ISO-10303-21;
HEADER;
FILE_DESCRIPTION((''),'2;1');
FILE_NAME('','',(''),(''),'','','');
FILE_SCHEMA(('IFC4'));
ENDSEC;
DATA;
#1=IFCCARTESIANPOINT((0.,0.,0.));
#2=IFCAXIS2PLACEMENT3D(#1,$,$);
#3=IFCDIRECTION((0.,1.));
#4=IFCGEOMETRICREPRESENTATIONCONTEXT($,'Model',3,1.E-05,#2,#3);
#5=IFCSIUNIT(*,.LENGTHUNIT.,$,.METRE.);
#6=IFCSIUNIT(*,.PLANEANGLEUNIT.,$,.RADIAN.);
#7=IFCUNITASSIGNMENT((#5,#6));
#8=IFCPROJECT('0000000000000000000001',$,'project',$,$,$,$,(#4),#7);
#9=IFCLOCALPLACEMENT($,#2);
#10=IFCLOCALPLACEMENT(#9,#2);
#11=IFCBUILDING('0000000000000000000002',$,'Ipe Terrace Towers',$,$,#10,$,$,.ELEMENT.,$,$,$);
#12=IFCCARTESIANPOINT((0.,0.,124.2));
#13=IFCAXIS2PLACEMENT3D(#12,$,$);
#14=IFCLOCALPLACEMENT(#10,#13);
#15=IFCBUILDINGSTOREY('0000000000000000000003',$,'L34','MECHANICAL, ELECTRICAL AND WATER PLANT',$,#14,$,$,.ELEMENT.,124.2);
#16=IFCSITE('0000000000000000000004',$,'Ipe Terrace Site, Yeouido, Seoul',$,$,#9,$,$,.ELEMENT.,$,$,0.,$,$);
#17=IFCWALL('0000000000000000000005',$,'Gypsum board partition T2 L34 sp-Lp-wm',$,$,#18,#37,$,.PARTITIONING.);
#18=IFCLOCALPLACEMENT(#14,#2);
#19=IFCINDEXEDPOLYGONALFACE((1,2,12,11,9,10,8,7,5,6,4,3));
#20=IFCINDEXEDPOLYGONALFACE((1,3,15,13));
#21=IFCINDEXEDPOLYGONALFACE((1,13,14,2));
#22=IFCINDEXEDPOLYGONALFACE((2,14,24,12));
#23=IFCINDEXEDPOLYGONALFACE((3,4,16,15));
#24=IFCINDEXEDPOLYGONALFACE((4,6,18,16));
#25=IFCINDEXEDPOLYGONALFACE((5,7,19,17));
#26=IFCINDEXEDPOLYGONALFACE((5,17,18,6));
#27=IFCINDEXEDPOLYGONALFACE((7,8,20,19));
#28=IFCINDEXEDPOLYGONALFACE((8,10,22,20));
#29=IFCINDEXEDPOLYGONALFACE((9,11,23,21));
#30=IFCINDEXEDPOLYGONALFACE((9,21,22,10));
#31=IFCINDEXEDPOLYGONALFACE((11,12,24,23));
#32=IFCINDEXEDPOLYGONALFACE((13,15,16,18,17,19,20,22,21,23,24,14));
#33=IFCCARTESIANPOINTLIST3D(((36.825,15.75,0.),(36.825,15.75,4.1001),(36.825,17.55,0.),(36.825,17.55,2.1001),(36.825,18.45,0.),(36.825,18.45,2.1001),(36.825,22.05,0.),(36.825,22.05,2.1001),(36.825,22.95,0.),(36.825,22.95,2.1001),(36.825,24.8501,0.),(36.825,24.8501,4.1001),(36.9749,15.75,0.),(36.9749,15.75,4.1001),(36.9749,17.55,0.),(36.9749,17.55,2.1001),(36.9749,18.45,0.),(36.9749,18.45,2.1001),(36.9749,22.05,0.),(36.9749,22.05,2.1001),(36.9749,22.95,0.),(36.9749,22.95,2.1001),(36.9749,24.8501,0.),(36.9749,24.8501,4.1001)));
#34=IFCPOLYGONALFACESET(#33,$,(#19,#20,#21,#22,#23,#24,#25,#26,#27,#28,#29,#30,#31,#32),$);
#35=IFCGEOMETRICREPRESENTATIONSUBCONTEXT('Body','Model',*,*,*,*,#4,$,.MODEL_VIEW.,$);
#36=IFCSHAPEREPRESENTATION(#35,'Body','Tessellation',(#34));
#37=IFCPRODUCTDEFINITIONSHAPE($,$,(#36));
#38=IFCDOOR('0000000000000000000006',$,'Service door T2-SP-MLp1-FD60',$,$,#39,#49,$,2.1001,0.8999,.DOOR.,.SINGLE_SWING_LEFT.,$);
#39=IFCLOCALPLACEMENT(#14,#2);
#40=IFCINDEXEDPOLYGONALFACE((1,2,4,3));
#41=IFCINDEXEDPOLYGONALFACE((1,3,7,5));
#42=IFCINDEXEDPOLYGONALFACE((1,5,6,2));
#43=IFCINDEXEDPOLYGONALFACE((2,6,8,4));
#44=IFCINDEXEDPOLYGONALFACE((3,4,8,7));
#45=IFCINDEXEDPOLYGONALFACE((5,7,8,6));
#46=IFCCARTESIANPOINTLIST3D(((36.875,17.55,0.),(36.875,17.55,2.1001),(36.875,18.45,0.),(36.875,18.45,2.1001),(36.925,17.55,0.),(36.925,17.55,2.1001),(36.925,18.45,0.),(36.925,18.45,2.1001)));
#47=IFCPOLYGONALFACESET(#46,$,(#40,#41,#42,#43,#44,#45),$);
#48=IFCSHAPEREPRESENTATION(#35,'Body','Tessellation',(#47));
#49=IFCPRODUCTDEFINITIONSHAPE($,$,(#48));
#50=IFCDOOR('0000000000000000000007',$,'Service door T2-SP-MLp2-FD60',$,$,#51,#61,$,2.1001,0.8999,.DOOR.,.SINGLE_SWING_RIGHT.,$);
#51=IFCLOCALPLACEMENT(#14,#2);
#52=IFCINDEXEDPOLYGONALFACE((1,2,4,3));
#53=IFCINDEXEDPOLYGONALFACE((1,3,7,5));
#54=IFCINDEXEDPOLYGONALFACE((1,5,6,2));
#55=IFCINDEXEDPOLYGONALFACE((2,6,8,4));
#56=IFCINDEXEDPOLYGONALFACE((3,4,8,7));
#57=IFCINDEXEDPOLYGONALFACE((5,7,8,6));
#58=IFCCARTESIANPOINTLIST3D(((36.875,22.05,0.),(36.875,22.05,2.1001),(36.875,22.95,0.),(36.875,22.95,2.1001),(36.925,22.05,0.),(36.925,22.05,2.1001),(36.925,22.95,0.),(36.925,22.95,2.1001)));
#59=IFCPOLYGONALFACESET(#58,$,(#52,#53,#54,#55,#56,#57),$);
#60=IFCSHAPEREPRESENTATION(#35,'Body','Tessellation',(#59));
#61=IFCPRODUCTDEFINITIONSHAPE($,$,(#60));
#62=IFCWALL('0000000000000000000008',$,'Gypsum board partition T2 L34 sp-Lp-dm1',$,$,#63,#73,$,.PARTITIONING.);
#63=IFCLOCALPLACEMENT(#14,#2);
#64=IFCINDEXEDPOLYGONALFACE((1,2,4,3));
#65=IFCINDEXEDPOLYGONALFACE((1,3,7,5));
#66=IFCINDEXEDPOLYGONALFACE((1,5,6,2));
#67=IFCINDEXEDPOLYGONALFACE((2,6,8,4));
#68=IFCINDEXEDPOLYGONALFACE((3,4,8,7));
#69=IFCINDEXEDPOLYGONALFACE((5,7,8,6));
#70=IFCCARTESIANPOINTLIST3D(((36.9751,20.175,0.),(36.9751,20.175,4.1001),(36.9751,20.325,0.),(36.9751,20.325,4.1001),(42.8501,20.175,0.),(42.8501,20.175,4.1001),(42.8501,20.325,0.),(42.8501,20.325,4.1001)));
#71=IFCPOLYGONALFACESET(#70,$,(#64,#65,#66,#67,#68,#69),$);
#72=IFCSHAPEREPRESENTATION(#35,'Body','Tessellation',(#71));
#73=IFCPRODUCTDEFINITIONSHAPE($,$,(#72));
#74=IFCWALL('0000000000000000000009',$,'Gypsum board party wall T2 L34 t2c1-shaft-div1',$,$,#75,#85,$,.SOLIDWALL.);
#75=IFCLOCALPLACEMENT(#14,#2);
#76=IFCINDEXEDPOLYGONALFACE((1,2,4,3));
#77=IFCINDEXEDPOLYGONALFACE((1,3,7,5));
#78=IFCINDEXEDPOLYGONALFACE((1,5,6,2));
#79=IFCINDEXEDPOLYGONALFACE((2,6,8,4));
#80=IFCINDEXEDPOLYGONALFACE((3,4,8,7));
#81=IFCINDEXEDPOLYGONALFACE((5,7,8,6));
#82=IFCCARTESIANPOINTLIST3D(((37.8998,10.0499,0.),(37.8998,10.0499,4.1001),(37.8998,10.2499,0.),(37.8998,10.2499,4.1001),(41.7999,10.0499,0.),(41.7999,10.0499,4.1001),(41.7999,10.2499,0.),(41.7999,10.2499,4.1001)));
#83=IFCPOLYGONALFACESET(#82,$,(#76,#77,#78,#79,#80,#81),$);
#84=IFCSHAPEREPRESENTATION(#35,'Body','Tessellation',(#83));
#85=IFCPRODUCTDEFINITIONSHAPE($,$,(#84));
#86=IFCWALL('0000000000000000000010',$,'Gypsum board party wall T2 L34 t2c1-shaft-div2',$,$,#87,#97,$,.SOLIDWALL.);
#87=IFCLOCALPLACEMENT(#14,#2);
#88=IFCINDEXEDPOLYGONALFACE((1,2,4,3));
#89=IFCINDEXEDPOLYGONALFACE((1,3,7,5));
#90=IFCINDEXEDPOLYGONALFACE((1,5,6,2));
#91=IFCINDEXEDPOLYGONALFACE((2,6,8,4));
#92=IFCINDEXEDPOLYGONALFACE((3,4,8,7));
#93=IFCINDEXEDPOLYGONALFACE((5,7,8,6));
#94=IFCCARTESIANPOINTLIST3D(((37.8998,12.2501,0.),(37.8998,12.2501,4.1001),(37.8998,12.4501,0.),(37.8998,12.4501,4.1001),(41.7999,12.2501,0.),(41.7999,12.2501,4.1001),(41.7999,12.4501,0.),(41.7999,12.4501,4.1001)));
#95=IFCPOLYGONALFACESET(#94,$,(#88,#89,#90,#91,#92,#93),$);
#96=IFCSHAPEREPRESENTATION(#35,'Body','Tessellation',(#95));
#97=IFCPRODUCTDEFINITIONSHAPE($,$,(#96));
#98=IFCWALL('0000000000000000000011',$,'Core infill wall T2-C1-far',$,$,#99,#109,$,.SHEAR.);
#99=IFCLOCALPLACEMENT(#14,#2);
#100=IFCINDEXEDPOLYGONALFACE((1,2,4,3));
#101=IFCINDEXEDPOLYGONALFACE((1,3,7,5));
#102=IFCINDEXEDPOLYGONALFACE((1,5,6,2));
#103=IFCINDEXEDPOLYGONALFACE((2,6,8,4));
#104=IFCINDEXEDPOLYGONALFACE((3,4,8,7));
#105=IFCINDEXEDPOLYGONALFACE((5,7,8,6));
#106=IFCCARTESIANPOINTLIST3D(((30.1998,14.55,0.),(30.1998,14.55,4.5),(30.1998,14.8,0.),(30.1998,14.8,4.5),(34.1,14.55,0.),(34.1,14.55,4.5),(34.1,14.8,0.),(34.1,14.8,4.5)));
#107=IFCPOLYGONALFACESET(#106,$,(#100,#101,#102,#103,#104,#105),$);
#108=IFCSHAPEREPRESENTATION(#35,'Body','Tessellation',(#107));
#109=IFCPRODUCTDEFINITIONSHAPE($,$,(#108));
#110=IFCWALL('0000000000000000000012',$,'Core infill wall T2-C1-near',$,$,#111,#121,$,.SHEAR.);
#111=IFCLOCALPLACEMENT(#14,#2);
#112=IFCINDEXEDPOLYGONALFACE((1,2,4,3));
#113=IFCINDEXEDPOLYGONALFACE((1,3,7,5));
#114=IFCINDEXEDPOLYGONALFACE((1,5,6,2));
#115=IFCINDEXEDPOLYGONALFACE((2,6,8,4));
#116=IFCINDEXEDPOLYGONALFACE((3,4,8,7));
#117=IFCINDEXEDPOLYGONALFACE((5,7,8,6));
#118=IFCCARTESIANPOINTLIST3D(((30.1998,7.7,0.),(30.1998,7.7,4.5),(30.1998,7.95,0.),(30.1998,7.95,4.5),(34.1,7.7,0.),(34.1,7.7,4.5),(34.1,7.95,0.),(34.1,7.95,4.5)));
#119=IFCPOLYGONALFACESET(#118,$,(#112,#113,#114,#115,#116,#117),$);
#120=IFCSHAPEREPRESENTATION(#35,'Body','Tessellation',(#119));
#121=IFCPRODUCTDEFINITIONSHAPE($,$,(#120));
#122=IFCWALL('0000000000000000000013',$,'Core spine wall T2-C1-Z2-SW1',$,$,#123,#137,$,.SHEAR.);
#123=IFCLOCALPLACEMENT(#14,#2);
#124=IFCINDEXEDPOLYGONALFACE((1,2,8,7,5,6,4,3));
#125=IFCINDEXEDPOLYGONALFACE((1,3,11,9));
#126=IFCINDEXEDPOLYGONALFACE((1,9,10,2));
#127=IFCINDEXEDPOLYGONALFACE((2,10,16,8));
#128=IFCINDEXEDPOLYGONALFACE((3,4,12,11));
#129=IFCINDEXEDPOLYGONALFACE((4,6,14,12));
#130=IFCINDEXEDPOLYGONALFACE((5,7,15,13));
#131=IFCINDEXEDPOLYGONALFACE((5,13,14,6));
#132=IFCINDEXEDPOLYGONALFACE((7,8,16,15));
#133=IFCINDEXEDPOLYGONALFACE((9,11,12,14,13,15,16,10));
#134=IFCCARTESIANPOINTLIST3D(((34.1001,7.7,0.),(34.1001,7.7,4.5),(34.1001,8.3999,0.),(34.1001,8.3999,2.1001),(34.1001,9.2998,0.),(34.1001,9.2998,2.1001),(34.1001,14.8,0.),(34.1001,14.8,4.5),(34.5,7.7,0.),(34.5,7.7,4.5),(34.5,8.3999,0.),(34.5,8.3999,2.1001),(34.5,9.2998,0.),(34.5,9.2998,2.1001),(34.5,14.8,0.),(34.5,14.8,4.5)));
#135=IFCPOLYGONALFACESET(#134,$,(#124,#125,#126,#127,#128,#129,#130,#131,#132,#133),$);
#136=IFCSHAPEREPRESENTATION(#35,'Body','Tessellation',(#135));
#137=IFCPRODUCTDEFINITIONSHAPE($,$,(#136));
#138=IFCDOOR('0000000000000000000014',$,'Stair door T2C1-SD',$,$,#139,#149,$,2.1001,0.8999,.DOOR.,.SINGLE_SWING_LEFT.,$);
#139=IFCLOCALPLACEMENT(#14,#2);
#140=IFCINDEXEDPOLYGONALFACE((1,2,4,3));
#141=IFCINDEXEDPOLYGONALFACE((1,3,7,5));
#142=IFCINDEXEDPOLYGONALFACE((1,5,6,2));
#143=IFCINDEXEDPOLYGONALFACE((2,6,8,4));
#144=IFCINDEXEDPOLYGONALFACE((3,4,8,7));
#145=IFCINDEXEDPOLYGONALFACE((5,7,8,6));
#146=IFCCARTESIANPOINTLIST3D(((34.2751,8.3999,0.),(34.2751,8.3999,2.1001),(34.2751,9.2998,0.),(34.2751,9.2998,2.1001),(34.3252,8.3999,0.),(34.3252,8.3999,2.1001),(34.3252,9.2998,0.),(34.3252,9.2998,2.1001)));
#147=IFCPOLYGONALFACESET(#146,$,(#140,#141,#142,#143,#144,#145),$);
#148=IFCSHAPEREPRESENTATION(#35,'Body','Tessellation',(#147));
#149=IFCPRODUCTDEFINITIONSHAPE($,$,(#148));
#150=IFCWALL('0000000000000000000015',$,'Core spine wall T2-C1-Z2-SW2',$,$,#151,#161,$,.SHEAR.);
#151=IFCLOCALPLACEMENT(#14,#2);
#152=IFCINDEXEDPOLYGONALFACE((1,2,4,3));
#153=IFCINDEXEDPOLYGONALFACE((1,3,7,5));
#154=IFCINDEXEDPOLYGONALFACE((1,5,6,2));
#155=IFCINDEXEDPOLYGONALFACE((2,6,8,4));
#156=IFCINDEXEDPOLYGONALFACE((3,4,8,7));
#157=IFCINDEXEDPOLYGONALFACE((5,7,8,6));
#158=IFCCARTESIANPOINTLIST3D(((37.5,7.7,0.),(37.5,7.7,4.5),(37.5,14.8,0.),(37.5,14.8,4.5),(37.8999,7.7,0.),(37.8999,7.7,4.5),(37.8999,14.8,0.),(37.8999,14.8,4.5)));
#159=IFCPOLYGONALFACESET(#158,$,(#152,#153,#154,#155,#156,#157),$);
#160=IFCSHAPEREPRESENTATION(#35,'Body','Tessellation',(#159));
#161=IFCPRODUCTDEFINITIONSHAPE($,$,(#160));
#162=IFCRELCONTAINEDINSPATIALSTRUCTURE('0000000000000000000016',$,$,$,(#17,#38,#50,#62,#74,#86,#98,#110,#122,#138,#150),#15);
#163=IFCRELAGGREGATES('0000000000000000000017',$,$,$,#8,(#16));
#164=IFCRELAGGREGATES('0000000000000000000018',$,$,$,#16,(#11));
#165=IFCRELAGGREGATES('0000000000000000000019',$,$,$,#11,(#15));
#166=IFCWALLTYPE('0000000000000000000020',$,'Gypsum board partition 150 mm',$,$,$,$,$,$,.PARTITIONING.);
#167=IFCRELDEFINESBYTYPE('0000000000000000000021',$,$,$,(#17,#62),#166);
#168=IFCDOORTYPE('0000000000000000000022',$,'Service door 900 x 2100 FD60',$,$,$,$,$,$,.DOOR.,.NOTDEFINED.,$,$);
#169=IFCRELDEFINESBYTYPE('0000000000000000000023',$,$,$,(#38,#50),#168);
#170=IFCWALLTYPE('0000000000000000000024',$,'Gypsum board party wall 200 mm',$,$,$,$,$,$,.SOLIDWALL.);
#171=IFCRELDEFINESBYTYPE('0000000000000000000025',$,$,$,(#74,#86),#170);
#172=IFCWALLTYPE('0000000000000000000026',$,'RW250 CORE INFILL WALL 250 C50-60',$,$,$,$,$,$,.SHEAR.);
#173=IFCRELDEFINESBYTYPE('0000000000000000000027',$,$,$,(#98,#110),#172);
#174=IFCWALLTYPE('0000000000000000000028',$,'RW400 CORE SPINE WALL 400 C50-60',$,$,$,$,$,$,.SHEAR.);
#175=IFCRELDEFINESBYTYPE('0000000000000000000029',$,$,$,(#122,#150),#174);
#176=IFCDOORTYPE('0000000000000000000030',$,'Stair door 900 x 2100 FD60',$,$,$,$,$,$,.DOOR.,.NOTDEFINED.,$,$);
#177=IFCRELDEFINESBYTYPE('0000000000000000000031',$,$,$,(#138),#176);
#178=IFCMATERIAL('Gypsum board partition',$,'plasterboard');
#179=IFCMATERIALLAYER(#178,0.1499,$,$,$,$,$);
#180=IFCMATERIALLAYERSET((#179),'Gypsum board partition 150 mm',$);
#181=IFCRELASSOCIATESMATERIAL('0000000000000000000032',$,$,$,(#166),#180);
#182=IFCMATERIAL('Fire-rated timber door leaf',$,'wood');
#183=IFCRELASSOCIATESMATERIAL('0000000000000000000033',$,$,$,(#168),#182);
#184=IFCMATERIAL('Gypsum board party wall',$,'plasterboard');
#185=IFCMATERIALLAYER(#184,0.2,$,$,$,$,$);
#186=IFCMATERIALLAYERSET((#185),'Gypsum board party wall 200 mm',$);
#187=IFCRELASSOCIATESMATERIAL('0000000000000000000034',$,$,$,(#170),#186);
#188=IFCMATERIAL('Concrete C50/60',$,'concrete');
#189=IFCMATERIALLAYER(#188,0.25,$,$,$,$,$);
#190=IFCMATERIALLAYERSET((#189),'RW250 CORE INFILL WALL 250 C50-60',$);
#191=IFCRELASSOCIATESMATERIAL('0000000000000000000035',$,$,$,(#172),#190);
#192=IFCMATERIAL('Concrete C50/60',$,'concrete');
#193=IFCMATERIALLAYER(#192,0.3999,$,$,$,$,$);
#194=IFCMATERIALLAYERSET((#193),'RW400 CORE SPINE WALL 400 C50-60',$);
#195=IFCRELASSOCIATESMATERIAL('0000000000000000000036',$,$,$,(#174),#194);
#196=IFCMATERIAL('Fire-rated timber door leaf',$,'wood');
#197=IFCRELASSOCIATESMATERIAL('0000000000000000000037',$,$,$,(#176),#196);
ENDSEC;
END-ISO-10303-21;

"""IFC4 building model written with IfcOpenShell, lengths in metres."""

from ifc_helpers import new_model, si_unit, direction, frame, frame_2d, origin, place, context, subcontext, project, spatial, rectangle, extrude, material, layer, layer_set, type_object, element, fill, save


model = new_model("IFC4")

# Units and contexts
model_context = context("Model", 3, precision=1e-05, world=origin(), true_north=direction((0.0, 1.0)))
body_context = subcontext(model_context, "Body", "Model", "MODEL_VIEW")
ifc_project = project(units=[si_unit("LENGTHUNIT", "METRE"), si_unit("PLANEANGLEUNIT", "RADIAN")], contexts=[model_context])

# Site, building, storey
site_placement = place(None, origin())
site = spatial("IfcSite", under=ifc_project, at=site_placement, Name="Ipe Terrace Site, Yeouido, Seoul", CompositionType="ELEMENT", RefElevation=0.0)
building_placement = place(site_placement, origin())
building = spatial("IfcBuilding", under=site, at=building_placement, Name="Ipe Terrace Towers", CompositionType="ELEMENT")
storey_placement = place(building_placement, frame((0.0, 0.0, 124.2)))
storey = spatial("IfcBuildingStorey", under=building, at=storey_placement, Name="L34", Description="MECHANICAL, ELECTRICAL AND WATER PLANT", CompositionType="ELEMENT", Elevation=124.2)

# Shared definitions
ifc_material_1 = material(Name="Gypsum board partition", Category="plasterboard")
ifc_layer_1 = layer(ifc_material_1, 0.1499)
ifc_layer_set_1 = layer_set([ifc_layer_1], Name="Gypsum board partition 150 mm")
wall_type_1 = type_object("IfcWallType", Name="Gypsum board partition 150 mm", PredefinedType="PARTITIONING", material=ifc_layer_set_1)

# Shared definitions
ifc_material_2 = material(Name="Fire-rated timber door leaf", Category="wood")
door_type_1 = type_object("IfcDoorType", Name="Service door 900 x 2100 FD60", OperationType="NOTDEFINED", PredefinedType="DOOR", material=ifc_material_2)

# Wall, openings, doors
wall_1_placement = place(storey_placement, frame((36.8999, 15.75, 0.0), z_axis=(0.0, 0.0, 1.0), x_axis=(0.0, 1.0, 0.0)))
wall_1 = element("IfcWall", 1, at=wall_1_placement, inside=storey, type_object=wall_type_1, Name="Gypsum board partition T2 L34 sp-Lp-wm", PredefinedType="PARTITIONING", context=body_context, shape_type="SweptSolid", body=[
    extrude(rectangle(XDim=9.1001, YDim=0.1499, at=frame_2d((4.55, 0.0))), origin(), (0.0, 0.0, 1.0), 4.1001),
])
opening_1_placement = place(wall_1_placement, frame((1.8, 0.0, 0.0)))
opening_1 = element("IfcOpeningElement", 2, at=opening_1_placement, cuts=wall_1, PredefinedType="OPENING", context=body_context, shape_type="SweptSolid", body=[
    extrude(rectangle(XDim=0.8999, YDim=2.1001, at=frame_2d((0.45, 1.05))), frame((0.0, 0.085, 0.0), z_axis=(0.0, -1.0, 0.0), x_axis=(1.0, 0.0, 0.0)), (0.0, 0.0, 1.0), 0.1699),
])
opening_2_placement = place(wall_1_placement, frame((6.3, 0.0, 0.0)))
opening_2 = element("IfcOpeningElement", 3, at=opening_2_placement, cuts=wall_1, PredefinedType="OPENING", context=body_context, shape_type="SweptSolid", body=[
    extrude(rectangle(XDim=0.8999, YDim=2.1001, at=frame_2d((0.45, 1.05))), frame((0.0, 0.085, 0.0), z_axis=(0.0, -1.0, 0.0), x_axis=(1.0, 0.0, 0.0)), (0.0, 0.0, 1.0), 0.1699),
])
door_1_placement = place(opening_1_placement, origin())
door_1 = element("IfcDoor", 4, at=door_1_placement, inside=storey, type_object=door_type_1, Name="Service door T2-SP-MLp1-FD60", OperationType="SINGLE_SWING_LEFT", OverallHeight=2.1001, OverallWidth=0.8999, PredefinedType="DOOR", context=body_context, shape_type="SweptSolid", body=[
    extrude(rectangle(XDim=0.8999, YDim=2.1001, at=frame_2d((0.45, 1.05))), frame((0.0, 0.0249, 0.0), z_axis=(0.0, -1.0, 0.0), x_axis=(1.0, 0.0, 0.0)), (0.0, 0.0, 1.0), 0.05),
])
fill(opening_1, door_1)
door_2_placement = place(opening_2_placement, origin())
door_2 = element("IfcDoor", 5, at=door_2_placement, inside=storey, type_object=door_type_1, Name="Service door T2-SP-MLp2-FD60", OperationType="SINGLE_SWING_RIGHT", OverallHeight=2.1001, OverallWidth=0.8999, PredefinedType="DOOR", context=body_context, shape_type="SweptSolid", body=[
    extrude(rectangle(XDim=0.8999, YDim=2.1001, at=frame_2d((0.45, 1.05))), frame((0.0, 0.0249, 0.0), z_axis=(0.0, -1.0, 0.0), x_axis=(1.0, 0.0, 0.0)), (0.0, 0.0, 1.0), 0.05),
])
fill(opening_2, door_2)

# Walls
wall_2_placement = place(storey_placement, frame((36.9751, 20.25, 0.0), z_axis=(0.0, 0.0, 1.0), x_axis=(1.0, 0.0, 0.0)))
element("IfcWall", 6, at=wall_2_placement, inside=storey, type_object=wall_type_1, Name="Gypsum board partition T2 L34 sp-Lp-dm1", PredefinedType="PARTITIONING", context=body_context, shape_type="SweptSolid", body=[
    extrude(rectangle(XDim=5.875, YDim=0.1499, at=frame_2d((2.9375, 0.0))), origin(), (0.0, 0.0, 1.0), 4.1001),
])
ifc_material_3 = material(Name="Gypsum board party wall", Category="plasterboard")
ifc_layer_2 = layer(ifc_material_3, 0.2)
ifc_layer_set_2 = layer_set([ifc_layer_2], Name="Gypsum board party wall 200 mm")
wall_type_2 = type_object("IfcWallType", Name="Gypsum board party wall 200 mm", PredefinedType="SOLIDWALL", material=ifc_layer_set_2)
for number, where, z_axis, x_axis, name in (
    (7, (41.8, 10.1499, 0.0), (0.0, 0.0, 1.0), (-1.0, 0.0, 0.0), "Gypsum board party wall T2 L34 t2c1-shaft-div1"),
    (8, (41.8, 12.3501, 0.0), (0.0, 0.0, 1.0), (-1.0, 0.0, 0.0), "Gypsum board party wall T2 L34 t2c1-shaft-div2"),
):
    element("IfcWall", number, at=place(storey_placement, frame(where, z_axis=z_axis, x_axis=x_axis)), inside=storey, type_object=wall_type_2, Name=name, PredefinedType="SOLIDWALL", context=body_context, shape_type="SweptSolid", body=[
        extrude(rectangle(XDim=3.9001, YDim=0.2, at=frame_2d((1.9502, 0.0))), origin(), (0.0, 0.0, 1.0), 4.1001),
    ])
ifc_material_4 = material(Name="Concrete C50/60", Category="concrete")
ifc_layer_3 = layer(ifc_material_4, 0.25)
ifc_layer_set_3 = layer_set([ifc_layer_3], Name="RW250 CORE INFILL WALL 250 C50-60")
wall_type_3 = type_object("IfcWallType", Name="RW250 CORE INFILL WALL 250 C50-60", PredefinedType="SHEAR", material=ifc_layer_set_3)
for number, where, z_axis, x_axis, name in (
    (9, (34.1001, 14.675, 0.0), (0.0, 0.0, 1.0), (-1.0, 0.0, 0.0), "Core infill wall T2-C1-far"),
    (10, (34.1001, 7.825, 0.0), (0.0, 0.0, 1.0), (-1.0, 0.0, 0.0), "Core infill wall T2-C1-near"),
):
    element("IfcWall", number, at=place(storey_placement, frame(where, z_axis=z_axis, x_axis=x_axis)), inside=storey, type_object=wall_type_3, Name=name, PredefinedType="SHEAR", context=body_context, shape_type="SweptSolid", body=[
        extrude(rectangle(XDim=3.9001, YDim=0.25, at=frame_2d((1.9502, 0.0))), origin(), (0.0, 0.0, 1.0), 4.5),
    ])

# Wall, opening, door
ifc_material_5 = material(Name="Concrete C50/60", Category="concrete")
ifc_layer_4 = layer(ifc_material_5, 0.3999)
ifc_layer_set_4 = layer_set([ifc_layer_4], Name="RW400 CORE SPINE WALL 400 C50-60")
wall_type_4 = type_object("IfcWallType", Name="RW400 CORE SPINE WALL 400 C50-60", PredefinedType="SHEAR", material=ifc_layer_set_4)
wall_3_placement = place(storey_placement, frame((34.3, 7.7, 0.0), z_axis=(0.0, 0.0, 1.0), x_axis=(0.0, 1.0, 0.0)))
wall_3 = element("IfcWall", 11, at=wall_3_placement, inside=storey, type_object=wall_type_4, Name="Core spine wall T2-C1-Z2-SW1", PredefinedType="SHEAR", context=body_context, shape_type="SweptSolid", body=[
    extrude(rectangle(XDim=7.1001, YDim=0.3999, at=frame_2d((3.55, 0.0))), origin(), (0.0, 0.0, 1.0), 4.5),
])
opening_3_placement = place(wall_3_placement, frame((0.7, 0.0, 0.0)))
opening_3 = element("IfcOpeningElement", 12, at=opening_3_placement, cuts=wall_3, PredefinedType="OPENING", context=body_context, shape_type="SweptSolid", body=[
    extrude(rectangle(XDim=0.8999, YDim=2.1001, at=frame_2d((0.45, 1.05))), frame((0.0, 0.21, 0.0), z_axis=(0.0, -1.0, 0.0), x_axis=(1.0, 0.0, 0.0)), (0.0, 0.0, 1.0), 0.4199),
])
ifc_material_6 = material(Name="Fire-rated timber door leaf", Category="wood")
door_type_2 = type_object("IfcDoorType", Name="Stair door 900 x 2100 FD60", OperationType="NOTDEFINED", PredefinedType="DOOR", material=ifc_material_6)
door_3_placement = place(opening_3_placement, origin())
door_3 = element("IfcDoor", 13, at=door_3_placement, inside=storey, type_object=door_type_2, Name="Stair door T2C1-SD", OperationType="SINGLE_SWING_LEFT", OverallHeight=2.1001, OverallWidth=0.8999, PredefinedType="DOOR", context=body_context, shape_type="SweptSolid", body=[
    extrude(rectangle(XDim=0.8999, YDim=2.1001, at=frame_2d((0.45, 1.05))), frame((0.0, 0.0249, 0.0), z_axis=(0.0, -1.0, 0.0), x_axis=(1.0, 0.0, 0.0)), (0.0, 0.0, 1.0), 0.05),
])
fill(opening_3, door_3)

# Wall
wall_4_placement = place(storey_placement, frame((37.7, 7.7, 0.0), z_axis=(0.0, 0.0, 1.0), x_axis=(0.0, 1.0, 0.0)))
element("IfcWall", 14, at=wall_4_placement, inside=storey, type_object=wall_type_4, Name="Core spine wall T2-C1-Z2-SW2", PredefinedType="SHEAR", context=body_context, shape_type="SweptSolid", body=[
    extrude(rectangle(XDim=7.1001, YDim=0.3999, at=frame_2d((3.55, 0.0))), origin(), (0.0, 0.0, 1.0), 4.5),
])

save(model, "model.ifc")
